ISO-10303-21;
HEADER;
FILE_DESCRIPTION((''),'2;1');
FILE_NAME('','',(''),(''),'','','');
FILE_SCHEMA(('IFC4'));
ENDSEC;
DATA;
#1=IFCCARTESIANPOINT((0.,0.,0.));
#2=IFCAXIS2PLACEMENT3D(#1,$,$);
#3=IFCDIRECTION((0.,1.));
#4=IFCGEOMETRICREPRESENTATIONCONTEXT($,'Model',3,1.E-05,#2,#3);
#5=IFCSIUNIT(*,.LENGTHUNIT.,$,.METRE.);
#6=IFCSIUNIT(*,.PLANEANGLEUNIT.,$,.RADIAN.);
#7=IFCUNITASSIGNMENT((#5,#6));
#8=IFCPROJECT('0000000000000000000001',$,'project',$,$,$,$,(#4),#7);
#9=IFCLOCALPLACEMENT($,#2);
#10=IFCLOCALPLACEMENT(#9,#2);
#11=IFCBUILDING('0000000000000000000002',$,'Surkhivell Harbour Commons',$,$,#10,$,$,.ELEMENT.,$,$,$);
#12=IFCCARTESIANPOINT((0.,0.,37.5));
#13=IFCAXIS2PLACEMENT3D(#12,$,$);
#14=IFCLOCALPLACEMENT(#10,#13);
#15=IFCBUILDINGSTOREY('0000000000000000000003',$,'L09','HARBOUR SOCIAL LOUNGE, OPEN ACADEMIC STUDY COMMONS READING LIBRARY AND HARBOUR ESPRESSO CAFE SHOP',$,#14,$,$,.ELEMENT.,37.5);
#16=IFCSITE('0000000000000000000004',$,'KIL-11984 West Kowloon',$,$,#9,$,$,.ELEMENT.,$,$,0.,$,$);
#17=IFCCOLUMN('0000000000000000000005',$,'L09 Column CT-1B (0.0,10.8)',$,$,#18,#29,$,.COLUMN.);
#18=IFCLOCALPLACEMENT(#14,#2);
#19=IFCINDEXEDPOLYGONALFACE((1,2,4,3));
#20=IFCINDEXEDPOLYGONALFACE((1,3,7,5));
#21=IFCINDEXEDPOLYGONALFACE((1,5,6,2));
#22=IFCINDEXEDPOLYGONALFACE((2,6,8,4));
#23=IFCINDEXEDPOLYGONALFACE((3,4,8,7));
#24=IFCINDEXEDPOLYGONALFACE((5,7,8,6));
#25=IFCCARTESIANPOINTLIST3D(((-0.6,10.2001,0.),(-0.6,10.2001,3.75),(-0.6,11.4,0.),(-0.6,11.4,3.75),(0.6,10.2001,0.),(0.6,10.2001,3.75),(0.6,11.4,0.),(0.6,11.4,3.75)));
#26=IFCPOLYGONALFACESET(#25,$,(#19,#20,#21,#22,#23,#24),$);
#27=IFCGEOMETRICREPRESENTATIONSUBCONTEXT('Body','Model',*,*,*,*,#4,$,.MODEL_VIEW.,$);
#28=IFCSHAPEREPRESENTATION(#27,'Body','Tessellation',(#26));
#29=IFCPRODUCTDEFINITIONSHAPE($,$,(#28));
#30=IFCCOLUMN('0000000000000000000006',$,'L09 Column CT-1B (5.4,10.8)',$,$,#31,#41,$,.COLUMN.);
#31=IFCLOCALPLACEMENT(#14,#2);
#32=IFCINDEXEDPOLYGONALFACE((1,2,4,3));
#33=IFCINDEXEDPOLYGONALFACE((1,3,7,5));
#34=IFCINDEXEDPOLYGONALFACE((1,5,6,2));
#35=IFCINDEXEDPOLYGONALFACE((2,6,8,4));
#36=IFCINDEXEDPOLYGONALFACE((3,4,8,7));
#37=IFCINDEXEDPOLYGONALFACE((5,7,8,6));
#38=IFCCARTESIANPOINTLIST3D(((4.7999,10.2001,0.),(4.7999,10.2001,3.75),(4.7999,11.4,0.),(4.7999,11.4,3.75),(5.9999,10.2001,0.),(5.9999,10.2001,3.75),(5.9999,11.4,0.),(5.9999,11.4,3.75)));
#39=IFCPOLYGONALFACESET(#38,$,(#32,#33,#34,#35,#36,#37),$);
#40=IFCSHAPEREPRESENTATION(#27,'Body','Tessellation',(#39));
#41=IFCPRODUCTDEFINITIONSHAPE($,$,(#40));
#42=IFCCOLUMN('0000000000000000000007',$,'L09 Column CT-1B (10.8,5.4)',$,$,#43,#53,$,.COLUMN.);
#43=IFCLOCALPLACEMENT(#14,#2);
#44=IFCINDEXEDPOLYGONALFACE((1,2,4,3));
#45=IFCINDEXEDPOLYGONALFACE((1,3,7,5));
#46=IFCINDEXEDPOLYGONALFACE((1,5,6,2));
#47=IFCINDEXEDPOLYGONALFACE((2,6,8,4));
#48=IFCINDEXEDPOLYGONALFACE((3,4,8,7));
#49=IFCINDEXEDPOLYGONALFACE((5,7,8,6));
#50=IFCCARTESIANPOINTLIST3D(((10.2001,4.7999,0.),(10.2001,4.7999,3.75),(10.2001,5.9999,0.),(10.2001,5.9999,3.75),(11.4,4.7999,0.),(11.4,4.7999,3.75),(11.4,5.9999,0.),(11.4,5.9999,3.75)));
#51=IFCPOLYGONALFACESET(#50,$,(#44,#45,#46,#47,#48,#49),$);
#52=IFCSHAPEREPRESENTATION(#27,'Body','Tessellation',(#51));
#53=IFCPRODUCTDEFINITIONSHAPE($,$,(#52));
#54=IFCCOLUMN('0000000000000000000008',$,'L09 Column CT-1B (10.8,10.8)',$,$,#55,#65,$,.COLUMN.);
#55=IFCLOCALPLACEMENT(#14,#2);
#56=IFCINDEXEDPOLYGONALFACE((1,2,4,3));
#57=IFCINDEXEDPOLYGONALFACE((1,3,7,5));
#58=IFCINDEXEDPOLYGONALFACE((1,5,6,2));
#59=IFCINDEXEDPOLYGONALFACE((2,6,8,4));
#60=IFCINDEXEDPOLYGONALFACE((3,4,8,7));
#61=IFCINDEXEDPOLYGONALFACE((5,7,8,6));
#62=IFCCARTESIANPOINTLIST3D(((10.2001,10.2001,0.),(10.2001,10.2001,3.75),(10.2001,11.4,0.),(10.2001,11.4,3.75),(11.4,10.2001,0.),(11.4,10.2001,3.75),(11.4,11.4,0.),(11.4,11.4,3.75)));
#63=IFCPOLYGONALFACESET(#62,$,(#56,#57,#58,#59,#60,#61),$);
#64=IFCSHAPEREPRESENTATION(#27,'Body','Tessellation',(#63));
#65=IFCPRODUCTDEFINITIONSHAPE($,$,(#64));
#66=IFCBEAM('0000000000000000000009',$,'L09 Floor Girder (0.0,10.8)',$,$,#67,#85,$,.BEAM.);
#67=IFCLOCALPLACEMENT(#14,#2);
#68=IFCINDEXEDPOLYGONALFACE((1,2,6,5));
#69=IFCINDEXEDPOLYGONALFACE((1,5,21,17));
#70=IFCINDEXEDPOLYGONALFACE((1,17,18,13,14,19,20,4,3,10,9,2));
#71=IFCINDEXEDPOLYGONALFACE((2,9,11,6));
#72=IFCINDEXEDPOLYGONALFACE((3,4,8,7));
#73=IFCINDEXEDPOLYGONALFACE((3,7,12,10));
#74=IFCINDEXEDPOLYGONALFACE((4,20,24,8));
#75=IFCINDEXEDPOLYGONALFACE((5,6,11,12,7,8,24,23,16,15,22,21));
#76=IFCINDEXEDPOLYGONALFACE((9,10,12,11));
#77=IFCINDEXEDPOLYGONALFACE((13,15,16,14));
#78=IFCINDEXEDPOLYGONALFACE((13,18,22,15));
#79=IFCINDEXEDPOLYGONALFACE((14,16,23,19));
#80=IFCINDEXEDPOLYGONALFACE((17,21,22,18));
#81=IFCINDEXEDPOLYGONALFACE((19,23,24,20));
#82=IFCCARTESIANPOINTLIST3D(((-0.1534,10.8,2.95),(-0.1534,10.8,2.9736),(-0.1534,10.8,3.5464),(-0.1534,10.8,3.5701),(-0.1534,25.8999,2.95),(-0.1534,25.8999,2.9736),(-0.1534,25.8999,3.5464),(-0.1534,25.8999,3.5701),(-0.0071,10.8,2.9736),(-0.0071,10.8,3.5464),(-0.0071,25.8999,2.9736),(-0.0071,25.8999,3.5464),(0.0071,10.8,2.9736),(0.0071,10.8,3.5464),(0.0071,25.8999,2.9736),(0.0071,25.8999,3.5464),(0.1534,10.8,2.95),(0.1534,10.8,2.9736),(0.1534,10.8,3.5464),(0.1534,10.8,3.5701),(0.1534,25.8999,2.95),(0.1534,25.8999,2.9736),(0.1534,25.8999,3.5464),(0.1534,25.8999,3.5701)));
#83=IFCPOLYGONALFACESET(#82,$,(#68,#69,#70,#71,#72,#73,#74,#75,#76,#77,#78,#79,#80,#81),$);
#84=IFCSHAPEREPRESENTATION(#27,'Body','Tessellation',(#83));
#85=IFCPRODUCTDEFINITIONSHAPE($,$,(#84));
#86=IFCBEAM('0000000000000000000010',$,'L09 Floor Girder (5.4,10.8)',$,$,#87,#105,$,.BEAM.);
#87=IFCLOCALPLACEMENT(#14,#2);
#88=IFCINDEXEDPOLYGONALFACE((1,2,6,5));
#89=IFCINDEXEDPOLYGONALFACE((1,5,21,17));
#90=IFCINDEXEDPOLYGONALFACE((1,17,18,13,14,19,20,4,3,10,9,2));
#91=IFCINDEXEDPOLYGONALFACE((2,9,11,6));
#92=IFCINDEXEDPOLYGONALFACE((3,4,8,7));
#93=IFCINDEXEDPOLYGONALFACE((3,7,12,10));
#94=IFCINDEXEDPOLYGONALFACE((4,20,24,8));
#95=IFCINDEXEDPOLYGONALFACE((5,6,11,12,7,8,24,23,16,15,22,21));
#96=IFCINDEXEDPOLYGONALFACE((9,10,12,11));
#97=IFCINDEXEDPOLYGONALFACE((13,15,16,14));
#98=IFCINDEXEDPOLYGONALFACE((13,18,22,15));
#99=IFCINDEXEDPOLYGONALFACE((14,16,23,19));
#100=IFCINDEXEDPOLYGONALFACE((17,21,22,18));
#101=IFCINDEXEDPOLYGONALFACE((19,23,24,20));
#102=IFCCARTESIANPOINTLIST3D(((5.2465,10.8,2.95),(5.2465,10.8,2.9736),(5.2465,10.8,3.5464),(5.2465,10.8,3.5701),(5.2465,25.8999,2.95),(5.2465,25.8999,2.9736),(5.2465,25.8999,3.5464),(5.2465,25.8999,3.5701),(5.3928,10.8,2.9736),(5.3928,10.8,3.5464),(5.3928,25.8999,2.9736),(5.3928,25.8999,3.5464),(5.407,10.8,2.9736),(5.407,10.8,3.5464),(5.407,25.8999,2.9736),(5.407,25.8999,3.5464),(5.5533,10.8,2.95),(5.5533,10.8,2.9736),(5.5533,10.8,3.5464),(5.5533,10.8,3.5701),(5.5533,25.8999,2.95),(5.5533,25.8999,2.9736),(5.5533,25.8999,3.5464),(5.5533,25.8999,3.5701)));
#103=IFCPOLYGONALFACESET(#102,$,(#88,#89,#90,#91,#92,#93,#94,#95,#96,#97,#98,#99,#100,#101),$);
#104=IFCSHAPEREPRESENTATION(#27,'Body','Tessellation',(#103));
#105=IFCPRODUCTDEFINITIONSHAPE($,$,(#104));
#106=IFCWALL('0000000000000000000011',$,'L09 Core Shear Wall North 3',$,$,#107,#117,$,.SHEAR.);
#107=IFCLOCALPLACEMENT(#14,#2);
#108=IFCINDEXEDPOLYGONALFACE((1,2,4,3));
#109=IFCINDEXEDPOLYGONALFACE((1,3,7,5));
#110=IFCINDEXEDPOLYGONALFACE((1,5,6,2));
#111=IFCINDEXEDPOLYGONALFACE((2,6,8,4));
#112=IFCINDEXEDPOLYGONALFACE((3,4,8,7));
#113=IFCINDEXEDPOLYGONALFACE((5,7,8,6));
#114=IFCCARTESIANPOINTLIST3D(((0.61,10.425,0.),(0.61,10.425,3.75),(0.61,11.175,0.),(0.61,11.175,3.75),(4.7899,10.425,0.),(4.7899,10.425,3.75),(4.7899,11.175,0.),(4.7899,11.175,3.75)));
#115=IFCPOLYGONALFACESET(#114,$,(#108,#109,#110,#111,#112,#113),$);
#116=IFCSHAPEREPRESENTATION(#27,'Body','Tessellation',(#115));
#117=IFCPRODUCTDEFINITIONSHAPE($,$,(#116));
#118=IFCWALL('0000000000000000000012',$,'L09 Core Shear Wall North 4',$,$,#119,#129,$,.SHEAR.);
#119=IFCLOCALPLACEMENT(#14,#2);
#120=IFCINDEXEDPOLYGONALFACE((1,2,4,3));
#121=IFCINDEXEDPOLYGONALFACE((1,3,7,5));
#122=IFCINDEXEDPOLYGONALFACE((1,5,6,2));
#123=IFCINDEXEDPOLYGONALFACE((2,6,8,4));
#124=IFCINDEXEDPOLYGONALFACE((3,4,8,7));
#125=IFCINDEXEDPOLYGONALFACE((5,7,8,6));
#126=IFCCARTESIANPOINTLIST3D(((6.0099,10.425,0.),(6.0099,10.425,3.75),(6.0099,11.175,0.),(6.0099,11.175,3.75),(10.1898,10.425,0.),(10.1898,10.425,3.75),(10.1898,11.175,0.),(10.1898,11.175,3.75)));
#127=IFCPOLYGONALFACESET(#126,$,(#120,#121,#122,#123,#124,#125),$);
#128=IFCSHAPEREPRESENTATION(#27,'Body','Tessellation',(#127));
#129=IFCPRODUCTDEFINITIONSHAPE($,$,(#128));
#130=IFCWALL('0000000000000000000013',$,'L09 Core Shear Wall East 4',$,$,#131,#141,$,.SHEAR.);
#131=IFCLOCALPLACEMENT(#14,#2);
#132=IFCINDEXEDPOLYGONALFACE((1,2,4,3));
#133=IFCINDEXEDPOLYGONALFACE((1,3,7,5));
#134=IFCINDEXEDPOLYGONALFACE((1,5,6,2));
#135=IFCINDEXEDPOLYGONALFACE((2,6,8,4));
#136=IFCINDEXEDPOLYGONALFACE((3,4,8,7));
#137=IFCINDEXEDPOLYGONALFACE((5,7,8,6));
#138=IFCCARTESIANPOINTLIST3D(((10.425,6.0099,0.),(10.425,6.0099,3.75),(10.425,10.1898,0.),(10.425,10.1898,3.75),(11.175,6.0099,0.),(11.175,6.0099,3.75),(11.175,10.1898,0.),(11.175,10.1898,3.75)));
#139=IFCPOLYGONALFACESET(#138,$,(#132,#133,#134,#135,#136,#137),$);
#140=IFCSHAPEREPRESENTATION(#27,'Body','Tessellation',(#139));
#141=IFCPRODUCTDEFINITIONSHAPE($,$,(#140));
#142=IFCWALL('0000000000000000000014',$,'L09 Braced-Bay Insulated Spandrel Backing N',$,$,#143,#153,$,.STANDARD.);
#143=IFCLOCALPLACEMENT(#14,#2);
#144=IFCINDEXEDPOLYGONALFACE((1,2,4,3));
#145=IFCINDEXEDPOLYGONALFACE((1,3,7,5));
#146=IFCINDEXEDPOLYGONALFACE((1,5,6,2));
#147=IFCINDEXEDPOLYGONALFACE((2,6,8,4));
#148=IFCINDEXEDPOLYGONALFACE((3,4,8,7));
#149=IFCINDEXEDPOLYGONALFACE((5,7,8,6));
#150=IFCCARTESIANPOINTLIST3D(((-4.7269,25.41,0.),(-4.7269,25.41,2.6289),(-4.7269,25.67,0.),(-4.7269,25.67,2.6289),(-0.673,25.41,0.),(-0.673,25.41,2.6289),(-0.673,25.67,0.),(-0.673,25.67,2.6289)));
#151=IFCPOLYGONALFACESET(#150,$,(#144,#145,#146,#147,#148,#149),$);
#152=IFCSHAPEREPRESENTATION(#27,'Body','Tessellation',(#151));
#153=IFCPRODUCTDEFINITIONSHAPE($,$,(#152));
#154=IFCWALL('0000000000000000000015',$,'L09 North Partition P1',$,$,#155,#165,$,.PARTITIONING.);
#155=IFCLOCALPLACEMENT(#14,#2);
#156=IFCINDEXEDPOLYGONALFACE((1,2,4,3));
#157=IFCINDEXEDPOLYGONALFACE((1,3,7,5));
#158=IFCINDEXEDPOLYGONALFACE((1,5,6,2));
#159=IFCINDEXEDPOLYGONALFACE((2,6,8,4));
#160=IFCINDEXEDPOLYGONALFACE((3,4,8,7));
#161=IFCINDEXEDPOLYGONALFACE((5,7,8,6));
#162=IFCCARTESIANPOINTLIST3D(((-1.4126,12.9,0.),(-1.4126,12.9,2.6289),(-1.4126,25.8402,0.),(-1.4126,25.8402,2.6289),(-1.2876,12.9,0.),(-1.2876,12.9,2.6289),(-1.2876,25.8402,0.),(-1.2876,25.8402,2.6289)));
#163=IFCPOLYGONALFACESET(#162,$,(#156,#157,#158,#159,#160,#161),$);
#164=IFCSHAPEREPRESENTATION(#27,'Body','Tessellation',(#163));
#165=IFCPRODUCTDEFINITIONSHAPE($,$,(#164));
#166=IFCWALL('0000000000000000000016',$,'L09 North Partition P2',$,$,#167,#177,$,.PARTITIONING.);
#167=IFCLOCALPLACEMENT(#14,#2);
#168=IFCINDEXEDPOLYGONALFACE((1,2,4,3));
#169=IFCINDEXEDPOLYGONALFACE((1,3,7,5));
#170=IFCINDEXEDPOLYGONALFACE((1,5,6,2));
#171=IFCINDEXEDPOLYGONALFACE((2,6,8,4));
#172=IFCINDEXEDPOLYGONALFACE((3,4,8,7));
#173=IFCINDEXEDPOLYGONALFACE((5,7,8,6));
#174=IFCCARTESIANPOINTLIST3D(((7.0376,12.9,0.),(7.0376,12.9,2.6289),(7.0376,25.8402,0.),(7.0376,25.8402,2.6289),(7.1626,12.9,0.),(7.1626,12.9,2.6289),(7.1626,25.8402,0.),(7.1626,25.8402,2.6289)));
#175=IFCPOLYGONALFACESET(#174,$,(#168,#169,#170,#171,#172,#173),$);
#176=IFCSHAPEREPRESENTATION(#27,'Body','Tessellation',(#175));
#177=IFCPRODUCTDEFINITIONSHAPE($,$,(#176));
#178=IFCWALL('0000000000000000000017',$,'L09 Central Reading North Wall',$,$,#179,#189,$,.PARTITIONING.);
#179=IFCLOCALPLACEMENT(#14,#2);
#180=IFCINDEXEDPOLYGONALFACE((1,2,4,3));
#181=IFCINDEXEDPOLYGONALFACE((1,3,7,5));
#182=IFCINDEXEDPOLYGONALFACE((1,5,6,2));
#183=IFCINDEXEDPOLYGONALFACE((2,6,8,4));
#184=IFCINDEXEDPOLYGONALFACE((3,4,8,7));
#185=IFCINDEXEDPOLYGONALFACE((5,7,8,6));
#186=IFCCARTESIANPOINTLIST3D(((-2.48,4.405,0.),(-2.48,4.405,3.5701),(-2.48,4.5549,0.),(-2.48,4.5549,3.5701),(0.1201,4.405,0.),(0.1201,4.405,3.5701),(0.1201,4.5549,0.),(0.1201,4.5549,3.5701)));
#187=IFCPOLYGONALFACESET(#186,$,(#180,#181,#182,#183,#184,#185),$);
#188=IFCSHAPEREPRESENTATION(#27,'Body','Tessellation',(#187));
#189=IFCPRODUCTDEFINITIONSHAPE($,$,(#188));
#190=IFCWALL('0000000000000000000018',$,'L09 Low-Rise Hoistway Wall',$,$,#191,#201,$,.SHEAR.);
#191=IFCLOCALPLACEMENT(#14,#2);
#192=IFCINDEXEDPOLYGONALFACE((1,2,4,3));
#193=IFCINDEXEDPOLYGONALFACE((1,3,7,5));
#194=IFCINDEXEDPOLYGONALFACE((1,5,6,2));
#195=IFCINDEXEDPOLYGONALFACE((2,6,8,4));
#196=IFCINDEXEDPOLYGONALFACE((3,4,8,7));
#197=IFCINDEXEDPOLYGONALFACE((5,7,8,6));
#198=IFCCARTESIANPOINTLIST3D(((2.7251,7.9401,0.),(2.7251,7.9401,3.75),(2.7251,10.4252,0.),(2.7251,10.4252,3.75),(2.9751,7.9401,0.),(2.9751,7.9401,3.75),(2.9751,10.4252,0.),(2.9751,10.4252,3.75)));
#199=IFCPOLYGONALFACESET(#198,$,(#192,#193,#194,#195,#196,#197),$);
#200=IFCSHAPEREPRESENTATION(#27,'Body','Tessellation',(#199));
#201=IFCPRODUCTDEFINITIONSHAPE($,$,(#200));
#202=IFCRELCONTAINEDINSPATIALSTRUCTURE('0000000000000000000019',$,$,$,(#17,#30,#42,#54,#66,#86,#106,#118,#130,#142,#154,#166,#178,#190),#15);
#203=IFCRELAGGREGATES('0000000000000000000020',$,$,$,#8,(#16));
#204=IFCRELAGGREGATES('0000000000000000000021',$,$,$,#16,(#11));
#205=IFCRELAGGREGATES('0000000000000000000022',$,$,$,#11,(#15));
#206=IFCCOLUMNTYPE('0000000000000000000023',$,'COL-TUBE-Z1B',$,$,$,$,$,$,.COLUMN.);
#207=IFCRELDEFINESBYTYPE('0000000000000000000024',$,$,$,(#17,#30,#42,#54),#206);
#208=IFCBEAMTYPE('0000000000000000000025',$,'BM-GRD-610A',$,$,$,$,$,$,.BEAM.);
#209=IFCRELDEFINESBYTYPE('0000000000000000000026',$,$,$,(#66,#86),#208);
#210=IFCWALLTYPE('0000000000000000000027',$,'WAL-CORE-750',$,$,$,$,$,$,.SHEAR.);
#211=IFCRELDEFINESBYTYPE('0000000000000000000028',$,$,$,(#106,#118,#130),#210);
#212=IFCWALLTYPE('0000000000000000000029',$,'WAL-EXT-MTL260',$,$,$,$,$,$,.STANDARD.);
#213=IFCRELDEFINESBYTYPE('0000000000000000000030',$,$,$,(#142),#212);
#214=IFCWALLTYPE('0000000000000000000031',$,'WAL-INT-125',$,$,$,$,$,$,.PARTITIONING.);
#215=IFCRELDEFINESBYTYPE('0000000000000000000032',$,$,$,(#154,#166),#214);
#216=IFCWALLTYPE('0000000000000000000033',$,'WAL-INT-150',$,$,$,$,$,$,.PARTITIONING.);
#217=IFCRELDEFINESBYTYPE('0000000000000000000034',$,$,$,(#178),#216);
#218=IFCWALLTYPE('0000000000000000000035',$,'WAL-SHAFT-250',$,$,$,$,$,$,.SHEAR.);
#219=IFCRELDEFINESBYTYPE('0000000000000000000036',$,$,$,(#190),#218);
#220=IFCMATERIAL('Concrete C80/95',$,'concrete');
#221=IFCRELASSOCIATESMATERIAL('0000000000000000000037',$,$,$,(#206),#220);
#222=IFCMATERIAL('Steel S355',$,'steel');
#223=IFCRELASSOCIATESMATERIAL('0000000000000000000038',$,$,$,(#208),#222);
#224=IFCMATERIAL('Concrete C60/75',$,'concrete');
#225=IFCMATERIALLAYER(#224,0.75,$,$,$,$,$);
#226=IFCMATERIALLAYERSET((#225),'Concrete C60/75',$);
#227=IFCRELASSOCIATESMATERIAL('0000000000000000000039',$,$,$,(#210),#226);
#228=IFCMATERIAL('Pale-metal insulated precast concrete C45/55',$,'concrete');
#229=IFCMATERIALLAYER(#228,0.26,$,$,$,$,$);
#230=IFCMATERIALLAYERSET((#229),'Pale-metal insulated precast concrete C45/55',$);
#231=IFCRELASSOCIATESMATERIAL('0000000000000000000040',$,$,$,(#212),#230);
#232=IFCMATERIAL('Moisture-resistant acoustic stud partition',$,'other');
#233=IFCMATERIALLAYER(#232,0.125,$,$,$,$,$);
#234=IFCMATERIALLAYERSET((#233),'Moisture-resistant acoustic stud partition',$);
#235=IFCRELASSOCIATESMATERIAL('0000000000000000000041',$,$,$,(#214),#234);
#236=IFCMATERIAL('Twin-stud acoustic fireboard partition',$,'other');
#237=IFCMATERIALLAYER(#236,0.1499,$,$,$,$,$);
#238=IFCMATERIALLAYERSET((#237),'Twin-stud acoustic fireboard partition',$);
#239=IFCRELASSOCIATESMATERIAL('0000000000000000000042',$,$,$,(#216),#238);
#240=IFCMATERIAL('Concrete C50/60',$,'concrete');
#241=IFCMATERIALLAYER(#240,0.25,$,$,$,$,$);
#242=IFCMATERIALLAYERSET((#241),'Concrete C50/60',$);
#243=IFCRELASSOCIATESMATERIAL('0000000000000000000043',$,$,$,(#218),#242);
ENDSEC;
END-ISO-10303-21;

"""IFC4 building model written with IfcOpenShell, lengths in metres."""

from ifc_helpers import new_model, si_unit, direction, frame, frame_2d, origin, origin_2d, place, context, subcontext, project, spatial, rectangle, i_section, extrude, material, layer, layer_set, material_profile, profile_set, type_object, element, save


model = new_model("IFC4")

# Units and contexts
model_context = context("Model", 3, precision=1e-05, world=origin(), true_north=direction((0.0, 1.0)))
body_context = subcontext(model_context, "Body", "Model", "MODEL_VIEW")
ifc_project = project(units=[si_unit("LENGTHUNIT", "METRE"), si_unit("PLANEANGLEUNIT", "RADIAN")], contexts=[model_context])

# Site, building, storey
site_placement = place(None, origin())
site = spatial("IfcSite", under=ifc_project, at=site_placement, Name="KIL-11984 West Kowloon", CompositionType="ELEMENT", RefElevation=0.0)
building_placement = place(site_placement, origin())
building = spatial("IfcBuilding", under=site, at=building_placement, Name="Surkhivell Harbour Commons", CompositionType="ELEMENT")
storey_placement = place(building_placement, frame((0.0, 0.0, 37.5)))
storey = spatial("IfcBuildingStorey", under=building, at=storey_placement, Name="L09", Description="HARBOUR SOCIAL LOUNGE, OPEN ACADEMIC STUDY COMMONS READING LIBRARY AND HARBOUR ESPRESSO CAFE SHOP", CompositionType="ELEMENT", Elevation=37.5)

# Columns
ifc_material_1 = material(Name="Concrete C80/95", Category="concrete")
ifc_material_profile_1 = material_profile(ifc_material_1, rectangle(XDim=1.2, YDim=1.2, at=origin_2d()), Name="RC-COL-1200x1200")
ifc_profile_set_1 = profile_set([ifc_material_profile_1], Name="Concrete C80/95")
column_type = type_object("IfcColumnType", Name="COL-TUBE-Z1B", PredefinedType="COLUMN", material=ifc_profile_set_1)
for number, where, z_axis, x_axis, name in (
    (1, (0.0, 10.8, 0.0), (0.0, 0.0, 1.0), (1.0, 0.0, 0.0), "L09 Column CT-1B (0.0,10.8)"),
    (2, (5.3999, 10.8, 0.0), (0.0, 0.0, 1.0), (1.0, 0.0, 0.0), "L09 Column CT-1B (5.4,10.8)"),
    (3, (10.8, 5.3999, 0.0), (0.0, 0.0, 1.0), (1.0, 0.0, 0.0), "L09 Column CT-1B (10.8,5.4)"),
    (4, (10.8, 10.8, 0.0), (0.0, 0.0, 1.0), (1.0, 0.0, 0.0), "L09 Column CT-1B (10.8,10.8)"),
):
    element("IfcColumn", number, at=place(storey_placement, frame(where, z_axis=z_axis, x_axis=x_axis)), inside=storey, type_object=column_type, Name=name, PredefinedType="COLUMN", context=body_context, shape_type="SweptSolid", body=[
        extrude(rectangle(XDim=1.2, YDim=1.2, at=origin_2d()), origin(), (0.0, 0.0, 1.0), 3.75),
    ])

# Beams
ifc_material_2 = material(Name="Steel S355", Category="steel")
ifc_material_profile_2 = material_profile(ifc_material_2, i_section(OverallWidth=0.3069, OverallDepth=0.6201, WebThickness=0.0142, FlangeThickness=0.0237, at=origin_2d()), Name="UB610x305x179")
ifc_profile_set_2 = profile_set([ifc_material_profile_2], Name="Steel S355")
beam_type = type_object("IfcBeamType", Name="BM-GRD-610A", PredefinedType="BEAM", material=ifc_profile_set_2)
for number, where, z_axis, x_axis, name in (
    (5, (0.0, 10.8, 3.26), (0.0, 1.0, 0.0), (-1.0, 0.0, 0.0), "L09 Floor Girder (0.0,10.8)"),
    (6, (5.3999, 10.8, 3.26), (0.0, 1.0, 0.0), (-1.0, 0.0, 0.0), "L09 Floor Girder (5.4,10.8)"),
):
    element("IfcBeam", number, at=place(storey_placement, frame(where, z_axis=z_axis, x_axis=x_axis)), inside=storey, type_object=beam_type, Name=name, PredefinedType="BEAM", context=body_context, shape_type="SweptSolid", body=[
        extrude(i_section(OverallWidth=0.3069, OverallDepth=0.6201, WebThickness=0.0142, FlangeThickness=0.0237, at=origin_2d()), origin(), (0.0, 0.0, 1.0), 15.0999),
    ])

# Walls
ifc_material_3 = material(Name="Concrete C60/75", Category="concrete")
ifc_layer_1 = layer(ifc_material_3, 0.75)
ifc_layer_set_1 = layer_set([ifc_layer_1], Name="Concrete C60/75")
wall_type_1 = type_object("IfcWallType", Name="WAL-CORE-750", PredefinedType="SHEAR", material=ifc_layer_set_1)
for number, where, z_axis, x_axis, name in (
    (7, (0.6101, 10.8, 0.0), (0.0, 0.0, 1.0), (1.0, 0.0, 0.0), "L09 Core Shear Wall North 3"),
    (8, (6.01, 10.8, 0.0), (0.0, 0.0, 1.0), (1.0, 0.0, 0.0), "L09 Core Shear Wall North 4"),
    (9, (10.8, 6.01, 0.0), (0.0, 0.0, 1.0), (0.0, 1.0, 0.0), "L09 Core Shear Wall East 4"),
):
    element("IfcWall", number, at=place(storey_placement, frame(where, z_axis=z_axis, x_axis=x_axis)), inside=storey, type_object=wall_type_1, Name=name, PredefinedType="SHEAR", context=body_context, shape_type="SweptSolid", body=[
        extrude(rectangle(XDim=4.1799, YDim=0.75, at=frame_2d((2.0898, 0.0))), origin(), (0.0, 0.0, 1.0), 3.75),
    ])
ifc_material_4 = material(Name="Pale-metal insulated precast concrete C45/55", Category="concrete")
ifc_layer_2 = layer(ifc_material_4, 0.26)
ifc_layer_set_2 = layer_set([ifc_layer_2], Name="Pale-metal insulated precast concrete C45/55")
wall_type_2 = type_object("IfcWallType", Name="WAL-EXT-MTL260", PredefinedType="STANDARD", material=ifc_layer_set_2)
wall_1_placement = place(storey_placement, frame((-0.6731, 25.54, 0.0), z_axis=(0.0, 0.0, 1.0), x_axis=(-1.0, 0.0, 0.0)))
element("IfcWall", 10, at=wall_1_placement, inside=storey, type_object=wall_type_2, Name="L09 Braced-Bay Insulated Spandrel Backing N", PredefinedType="STANDARD", context=body_context, shape_type="SweptSolid", body=[
    extrude(rectangle(XDim=4.054, YDim=0.26, at=frame_2d((2.0269, 0.0))), origin(), (0.0, 0.0, 1.0), 2.6289),
])
ifc_material_5 = material(Name="Moisture-resistant acoustic stud partition", Category="other")
ifc_layer_3 = layer(ifc_material_5, 0.125)
ifc_layer_set_3 = layer_set([ifc_layer_3], Name="Moisture-resistant acoustic stud partition")
wall_type_3 = type_object("IfcWallType", Name="WAL-INT-125", PredefinedType="PARTITIONING", material=ifc_layer_set_3)
for number, where, z_axis, x_axis, name in (
    (11, (-1.3501, 12.8999, 0.0), (0.0, 0.0, 1.0), (0.0, 1.0, 0.0), "L09 North Partition P1"),
    (12, (7.1001, 12.8999, 0.0), (0.0, 0.0, 1.0), (0.0, 1.0, 0.0), "L09 North Partition P2"),
):
    element("IfcWall", number, at=place(storey_placement, frame(where, z_axis=z_axis, x_axis=x_axis)), inside=storey, type_object=wall_type_3, Name=name, PredefinedType="PARTITIONING", context=body_context, shape_type="SweptSolid", body=[
        extrude(rectangle(XDim=12.9402, YDim=0.125, at=frame_2d((6.4702, 0.0))), origin(), (0.0, 0.0, 1.0), 2.6289),
    ])
ifc_material_6 = material(Name="Twin-stud acoustic fireboard partition", Category="other")
ifc_layer_4 = layer(ifc_material_6, 0.1499)
ifc_layer_set_4 = layer_set([ifc_layer_4], Name="Twin-stud acoustic fireboard partition")
wall_type_4 = type_object("IfcWallType", Name="WAL-INT-150", PredefinedType="PARTITIONING", material=ifc_layer_set_4)
wall_2_placement = place(storey_placement, frame((-2.48, 4.48, 0.0), z_axis=(0.0, 0.0, 1.0), x_axis=(1.0, 0.0, 0.0)))
element("IfcWall", 13, at=wall_2_placement, inside=storey, type_object=wall_type_4, Name="L09 Central Reading North Wall", PredefinedType="PARTITIONING", context=body_context, shape_type="SweptSolid", body=[
    extrude(rectangle(XDim=2.6001, YDim=0.1499, at=frame_2d((1.3, 0.0))), origin(), (0.0, 0.0, 1.0), 3.5701),
])
ifc_material_7 = material(Name="Concrete C50/60", Category="concrete")
ifc_layer_5 = layer(ifc_material_7, 0.25)
ifc_layer_set_5 = layer_set([ifc_layer_5], Name="Concrete C50/60")
wall_type_5 = type_object("IfcWallType", Name="WAL-SHAFT-250", PredefinedType="SHEAR", material=ifc_layer_set_5)
wall_3_placement = place(storey_placement, frame((2.8501, 7.9399, 0.0), z_axis=(0.0, 0.0, 1.0), x_axis=(0.0, 1.0, 0.0)))
element("IfcWall", 14, at=wall_3_placement, inside=storey, type_object=wall_type_5, Name="L09 Low-Rise Hoistway Wall", PredefinedType="SHEAR", context=body_context, shape_type="SweptSolid", body=[
    extrude(rectangle(XDim=2.4851, YDim=0.25, at=frame_2d((1.2427, 0.0))), origin(), (0.0, 0.0, 1.0), 3.75),
])

save(model, "model.ifc")
